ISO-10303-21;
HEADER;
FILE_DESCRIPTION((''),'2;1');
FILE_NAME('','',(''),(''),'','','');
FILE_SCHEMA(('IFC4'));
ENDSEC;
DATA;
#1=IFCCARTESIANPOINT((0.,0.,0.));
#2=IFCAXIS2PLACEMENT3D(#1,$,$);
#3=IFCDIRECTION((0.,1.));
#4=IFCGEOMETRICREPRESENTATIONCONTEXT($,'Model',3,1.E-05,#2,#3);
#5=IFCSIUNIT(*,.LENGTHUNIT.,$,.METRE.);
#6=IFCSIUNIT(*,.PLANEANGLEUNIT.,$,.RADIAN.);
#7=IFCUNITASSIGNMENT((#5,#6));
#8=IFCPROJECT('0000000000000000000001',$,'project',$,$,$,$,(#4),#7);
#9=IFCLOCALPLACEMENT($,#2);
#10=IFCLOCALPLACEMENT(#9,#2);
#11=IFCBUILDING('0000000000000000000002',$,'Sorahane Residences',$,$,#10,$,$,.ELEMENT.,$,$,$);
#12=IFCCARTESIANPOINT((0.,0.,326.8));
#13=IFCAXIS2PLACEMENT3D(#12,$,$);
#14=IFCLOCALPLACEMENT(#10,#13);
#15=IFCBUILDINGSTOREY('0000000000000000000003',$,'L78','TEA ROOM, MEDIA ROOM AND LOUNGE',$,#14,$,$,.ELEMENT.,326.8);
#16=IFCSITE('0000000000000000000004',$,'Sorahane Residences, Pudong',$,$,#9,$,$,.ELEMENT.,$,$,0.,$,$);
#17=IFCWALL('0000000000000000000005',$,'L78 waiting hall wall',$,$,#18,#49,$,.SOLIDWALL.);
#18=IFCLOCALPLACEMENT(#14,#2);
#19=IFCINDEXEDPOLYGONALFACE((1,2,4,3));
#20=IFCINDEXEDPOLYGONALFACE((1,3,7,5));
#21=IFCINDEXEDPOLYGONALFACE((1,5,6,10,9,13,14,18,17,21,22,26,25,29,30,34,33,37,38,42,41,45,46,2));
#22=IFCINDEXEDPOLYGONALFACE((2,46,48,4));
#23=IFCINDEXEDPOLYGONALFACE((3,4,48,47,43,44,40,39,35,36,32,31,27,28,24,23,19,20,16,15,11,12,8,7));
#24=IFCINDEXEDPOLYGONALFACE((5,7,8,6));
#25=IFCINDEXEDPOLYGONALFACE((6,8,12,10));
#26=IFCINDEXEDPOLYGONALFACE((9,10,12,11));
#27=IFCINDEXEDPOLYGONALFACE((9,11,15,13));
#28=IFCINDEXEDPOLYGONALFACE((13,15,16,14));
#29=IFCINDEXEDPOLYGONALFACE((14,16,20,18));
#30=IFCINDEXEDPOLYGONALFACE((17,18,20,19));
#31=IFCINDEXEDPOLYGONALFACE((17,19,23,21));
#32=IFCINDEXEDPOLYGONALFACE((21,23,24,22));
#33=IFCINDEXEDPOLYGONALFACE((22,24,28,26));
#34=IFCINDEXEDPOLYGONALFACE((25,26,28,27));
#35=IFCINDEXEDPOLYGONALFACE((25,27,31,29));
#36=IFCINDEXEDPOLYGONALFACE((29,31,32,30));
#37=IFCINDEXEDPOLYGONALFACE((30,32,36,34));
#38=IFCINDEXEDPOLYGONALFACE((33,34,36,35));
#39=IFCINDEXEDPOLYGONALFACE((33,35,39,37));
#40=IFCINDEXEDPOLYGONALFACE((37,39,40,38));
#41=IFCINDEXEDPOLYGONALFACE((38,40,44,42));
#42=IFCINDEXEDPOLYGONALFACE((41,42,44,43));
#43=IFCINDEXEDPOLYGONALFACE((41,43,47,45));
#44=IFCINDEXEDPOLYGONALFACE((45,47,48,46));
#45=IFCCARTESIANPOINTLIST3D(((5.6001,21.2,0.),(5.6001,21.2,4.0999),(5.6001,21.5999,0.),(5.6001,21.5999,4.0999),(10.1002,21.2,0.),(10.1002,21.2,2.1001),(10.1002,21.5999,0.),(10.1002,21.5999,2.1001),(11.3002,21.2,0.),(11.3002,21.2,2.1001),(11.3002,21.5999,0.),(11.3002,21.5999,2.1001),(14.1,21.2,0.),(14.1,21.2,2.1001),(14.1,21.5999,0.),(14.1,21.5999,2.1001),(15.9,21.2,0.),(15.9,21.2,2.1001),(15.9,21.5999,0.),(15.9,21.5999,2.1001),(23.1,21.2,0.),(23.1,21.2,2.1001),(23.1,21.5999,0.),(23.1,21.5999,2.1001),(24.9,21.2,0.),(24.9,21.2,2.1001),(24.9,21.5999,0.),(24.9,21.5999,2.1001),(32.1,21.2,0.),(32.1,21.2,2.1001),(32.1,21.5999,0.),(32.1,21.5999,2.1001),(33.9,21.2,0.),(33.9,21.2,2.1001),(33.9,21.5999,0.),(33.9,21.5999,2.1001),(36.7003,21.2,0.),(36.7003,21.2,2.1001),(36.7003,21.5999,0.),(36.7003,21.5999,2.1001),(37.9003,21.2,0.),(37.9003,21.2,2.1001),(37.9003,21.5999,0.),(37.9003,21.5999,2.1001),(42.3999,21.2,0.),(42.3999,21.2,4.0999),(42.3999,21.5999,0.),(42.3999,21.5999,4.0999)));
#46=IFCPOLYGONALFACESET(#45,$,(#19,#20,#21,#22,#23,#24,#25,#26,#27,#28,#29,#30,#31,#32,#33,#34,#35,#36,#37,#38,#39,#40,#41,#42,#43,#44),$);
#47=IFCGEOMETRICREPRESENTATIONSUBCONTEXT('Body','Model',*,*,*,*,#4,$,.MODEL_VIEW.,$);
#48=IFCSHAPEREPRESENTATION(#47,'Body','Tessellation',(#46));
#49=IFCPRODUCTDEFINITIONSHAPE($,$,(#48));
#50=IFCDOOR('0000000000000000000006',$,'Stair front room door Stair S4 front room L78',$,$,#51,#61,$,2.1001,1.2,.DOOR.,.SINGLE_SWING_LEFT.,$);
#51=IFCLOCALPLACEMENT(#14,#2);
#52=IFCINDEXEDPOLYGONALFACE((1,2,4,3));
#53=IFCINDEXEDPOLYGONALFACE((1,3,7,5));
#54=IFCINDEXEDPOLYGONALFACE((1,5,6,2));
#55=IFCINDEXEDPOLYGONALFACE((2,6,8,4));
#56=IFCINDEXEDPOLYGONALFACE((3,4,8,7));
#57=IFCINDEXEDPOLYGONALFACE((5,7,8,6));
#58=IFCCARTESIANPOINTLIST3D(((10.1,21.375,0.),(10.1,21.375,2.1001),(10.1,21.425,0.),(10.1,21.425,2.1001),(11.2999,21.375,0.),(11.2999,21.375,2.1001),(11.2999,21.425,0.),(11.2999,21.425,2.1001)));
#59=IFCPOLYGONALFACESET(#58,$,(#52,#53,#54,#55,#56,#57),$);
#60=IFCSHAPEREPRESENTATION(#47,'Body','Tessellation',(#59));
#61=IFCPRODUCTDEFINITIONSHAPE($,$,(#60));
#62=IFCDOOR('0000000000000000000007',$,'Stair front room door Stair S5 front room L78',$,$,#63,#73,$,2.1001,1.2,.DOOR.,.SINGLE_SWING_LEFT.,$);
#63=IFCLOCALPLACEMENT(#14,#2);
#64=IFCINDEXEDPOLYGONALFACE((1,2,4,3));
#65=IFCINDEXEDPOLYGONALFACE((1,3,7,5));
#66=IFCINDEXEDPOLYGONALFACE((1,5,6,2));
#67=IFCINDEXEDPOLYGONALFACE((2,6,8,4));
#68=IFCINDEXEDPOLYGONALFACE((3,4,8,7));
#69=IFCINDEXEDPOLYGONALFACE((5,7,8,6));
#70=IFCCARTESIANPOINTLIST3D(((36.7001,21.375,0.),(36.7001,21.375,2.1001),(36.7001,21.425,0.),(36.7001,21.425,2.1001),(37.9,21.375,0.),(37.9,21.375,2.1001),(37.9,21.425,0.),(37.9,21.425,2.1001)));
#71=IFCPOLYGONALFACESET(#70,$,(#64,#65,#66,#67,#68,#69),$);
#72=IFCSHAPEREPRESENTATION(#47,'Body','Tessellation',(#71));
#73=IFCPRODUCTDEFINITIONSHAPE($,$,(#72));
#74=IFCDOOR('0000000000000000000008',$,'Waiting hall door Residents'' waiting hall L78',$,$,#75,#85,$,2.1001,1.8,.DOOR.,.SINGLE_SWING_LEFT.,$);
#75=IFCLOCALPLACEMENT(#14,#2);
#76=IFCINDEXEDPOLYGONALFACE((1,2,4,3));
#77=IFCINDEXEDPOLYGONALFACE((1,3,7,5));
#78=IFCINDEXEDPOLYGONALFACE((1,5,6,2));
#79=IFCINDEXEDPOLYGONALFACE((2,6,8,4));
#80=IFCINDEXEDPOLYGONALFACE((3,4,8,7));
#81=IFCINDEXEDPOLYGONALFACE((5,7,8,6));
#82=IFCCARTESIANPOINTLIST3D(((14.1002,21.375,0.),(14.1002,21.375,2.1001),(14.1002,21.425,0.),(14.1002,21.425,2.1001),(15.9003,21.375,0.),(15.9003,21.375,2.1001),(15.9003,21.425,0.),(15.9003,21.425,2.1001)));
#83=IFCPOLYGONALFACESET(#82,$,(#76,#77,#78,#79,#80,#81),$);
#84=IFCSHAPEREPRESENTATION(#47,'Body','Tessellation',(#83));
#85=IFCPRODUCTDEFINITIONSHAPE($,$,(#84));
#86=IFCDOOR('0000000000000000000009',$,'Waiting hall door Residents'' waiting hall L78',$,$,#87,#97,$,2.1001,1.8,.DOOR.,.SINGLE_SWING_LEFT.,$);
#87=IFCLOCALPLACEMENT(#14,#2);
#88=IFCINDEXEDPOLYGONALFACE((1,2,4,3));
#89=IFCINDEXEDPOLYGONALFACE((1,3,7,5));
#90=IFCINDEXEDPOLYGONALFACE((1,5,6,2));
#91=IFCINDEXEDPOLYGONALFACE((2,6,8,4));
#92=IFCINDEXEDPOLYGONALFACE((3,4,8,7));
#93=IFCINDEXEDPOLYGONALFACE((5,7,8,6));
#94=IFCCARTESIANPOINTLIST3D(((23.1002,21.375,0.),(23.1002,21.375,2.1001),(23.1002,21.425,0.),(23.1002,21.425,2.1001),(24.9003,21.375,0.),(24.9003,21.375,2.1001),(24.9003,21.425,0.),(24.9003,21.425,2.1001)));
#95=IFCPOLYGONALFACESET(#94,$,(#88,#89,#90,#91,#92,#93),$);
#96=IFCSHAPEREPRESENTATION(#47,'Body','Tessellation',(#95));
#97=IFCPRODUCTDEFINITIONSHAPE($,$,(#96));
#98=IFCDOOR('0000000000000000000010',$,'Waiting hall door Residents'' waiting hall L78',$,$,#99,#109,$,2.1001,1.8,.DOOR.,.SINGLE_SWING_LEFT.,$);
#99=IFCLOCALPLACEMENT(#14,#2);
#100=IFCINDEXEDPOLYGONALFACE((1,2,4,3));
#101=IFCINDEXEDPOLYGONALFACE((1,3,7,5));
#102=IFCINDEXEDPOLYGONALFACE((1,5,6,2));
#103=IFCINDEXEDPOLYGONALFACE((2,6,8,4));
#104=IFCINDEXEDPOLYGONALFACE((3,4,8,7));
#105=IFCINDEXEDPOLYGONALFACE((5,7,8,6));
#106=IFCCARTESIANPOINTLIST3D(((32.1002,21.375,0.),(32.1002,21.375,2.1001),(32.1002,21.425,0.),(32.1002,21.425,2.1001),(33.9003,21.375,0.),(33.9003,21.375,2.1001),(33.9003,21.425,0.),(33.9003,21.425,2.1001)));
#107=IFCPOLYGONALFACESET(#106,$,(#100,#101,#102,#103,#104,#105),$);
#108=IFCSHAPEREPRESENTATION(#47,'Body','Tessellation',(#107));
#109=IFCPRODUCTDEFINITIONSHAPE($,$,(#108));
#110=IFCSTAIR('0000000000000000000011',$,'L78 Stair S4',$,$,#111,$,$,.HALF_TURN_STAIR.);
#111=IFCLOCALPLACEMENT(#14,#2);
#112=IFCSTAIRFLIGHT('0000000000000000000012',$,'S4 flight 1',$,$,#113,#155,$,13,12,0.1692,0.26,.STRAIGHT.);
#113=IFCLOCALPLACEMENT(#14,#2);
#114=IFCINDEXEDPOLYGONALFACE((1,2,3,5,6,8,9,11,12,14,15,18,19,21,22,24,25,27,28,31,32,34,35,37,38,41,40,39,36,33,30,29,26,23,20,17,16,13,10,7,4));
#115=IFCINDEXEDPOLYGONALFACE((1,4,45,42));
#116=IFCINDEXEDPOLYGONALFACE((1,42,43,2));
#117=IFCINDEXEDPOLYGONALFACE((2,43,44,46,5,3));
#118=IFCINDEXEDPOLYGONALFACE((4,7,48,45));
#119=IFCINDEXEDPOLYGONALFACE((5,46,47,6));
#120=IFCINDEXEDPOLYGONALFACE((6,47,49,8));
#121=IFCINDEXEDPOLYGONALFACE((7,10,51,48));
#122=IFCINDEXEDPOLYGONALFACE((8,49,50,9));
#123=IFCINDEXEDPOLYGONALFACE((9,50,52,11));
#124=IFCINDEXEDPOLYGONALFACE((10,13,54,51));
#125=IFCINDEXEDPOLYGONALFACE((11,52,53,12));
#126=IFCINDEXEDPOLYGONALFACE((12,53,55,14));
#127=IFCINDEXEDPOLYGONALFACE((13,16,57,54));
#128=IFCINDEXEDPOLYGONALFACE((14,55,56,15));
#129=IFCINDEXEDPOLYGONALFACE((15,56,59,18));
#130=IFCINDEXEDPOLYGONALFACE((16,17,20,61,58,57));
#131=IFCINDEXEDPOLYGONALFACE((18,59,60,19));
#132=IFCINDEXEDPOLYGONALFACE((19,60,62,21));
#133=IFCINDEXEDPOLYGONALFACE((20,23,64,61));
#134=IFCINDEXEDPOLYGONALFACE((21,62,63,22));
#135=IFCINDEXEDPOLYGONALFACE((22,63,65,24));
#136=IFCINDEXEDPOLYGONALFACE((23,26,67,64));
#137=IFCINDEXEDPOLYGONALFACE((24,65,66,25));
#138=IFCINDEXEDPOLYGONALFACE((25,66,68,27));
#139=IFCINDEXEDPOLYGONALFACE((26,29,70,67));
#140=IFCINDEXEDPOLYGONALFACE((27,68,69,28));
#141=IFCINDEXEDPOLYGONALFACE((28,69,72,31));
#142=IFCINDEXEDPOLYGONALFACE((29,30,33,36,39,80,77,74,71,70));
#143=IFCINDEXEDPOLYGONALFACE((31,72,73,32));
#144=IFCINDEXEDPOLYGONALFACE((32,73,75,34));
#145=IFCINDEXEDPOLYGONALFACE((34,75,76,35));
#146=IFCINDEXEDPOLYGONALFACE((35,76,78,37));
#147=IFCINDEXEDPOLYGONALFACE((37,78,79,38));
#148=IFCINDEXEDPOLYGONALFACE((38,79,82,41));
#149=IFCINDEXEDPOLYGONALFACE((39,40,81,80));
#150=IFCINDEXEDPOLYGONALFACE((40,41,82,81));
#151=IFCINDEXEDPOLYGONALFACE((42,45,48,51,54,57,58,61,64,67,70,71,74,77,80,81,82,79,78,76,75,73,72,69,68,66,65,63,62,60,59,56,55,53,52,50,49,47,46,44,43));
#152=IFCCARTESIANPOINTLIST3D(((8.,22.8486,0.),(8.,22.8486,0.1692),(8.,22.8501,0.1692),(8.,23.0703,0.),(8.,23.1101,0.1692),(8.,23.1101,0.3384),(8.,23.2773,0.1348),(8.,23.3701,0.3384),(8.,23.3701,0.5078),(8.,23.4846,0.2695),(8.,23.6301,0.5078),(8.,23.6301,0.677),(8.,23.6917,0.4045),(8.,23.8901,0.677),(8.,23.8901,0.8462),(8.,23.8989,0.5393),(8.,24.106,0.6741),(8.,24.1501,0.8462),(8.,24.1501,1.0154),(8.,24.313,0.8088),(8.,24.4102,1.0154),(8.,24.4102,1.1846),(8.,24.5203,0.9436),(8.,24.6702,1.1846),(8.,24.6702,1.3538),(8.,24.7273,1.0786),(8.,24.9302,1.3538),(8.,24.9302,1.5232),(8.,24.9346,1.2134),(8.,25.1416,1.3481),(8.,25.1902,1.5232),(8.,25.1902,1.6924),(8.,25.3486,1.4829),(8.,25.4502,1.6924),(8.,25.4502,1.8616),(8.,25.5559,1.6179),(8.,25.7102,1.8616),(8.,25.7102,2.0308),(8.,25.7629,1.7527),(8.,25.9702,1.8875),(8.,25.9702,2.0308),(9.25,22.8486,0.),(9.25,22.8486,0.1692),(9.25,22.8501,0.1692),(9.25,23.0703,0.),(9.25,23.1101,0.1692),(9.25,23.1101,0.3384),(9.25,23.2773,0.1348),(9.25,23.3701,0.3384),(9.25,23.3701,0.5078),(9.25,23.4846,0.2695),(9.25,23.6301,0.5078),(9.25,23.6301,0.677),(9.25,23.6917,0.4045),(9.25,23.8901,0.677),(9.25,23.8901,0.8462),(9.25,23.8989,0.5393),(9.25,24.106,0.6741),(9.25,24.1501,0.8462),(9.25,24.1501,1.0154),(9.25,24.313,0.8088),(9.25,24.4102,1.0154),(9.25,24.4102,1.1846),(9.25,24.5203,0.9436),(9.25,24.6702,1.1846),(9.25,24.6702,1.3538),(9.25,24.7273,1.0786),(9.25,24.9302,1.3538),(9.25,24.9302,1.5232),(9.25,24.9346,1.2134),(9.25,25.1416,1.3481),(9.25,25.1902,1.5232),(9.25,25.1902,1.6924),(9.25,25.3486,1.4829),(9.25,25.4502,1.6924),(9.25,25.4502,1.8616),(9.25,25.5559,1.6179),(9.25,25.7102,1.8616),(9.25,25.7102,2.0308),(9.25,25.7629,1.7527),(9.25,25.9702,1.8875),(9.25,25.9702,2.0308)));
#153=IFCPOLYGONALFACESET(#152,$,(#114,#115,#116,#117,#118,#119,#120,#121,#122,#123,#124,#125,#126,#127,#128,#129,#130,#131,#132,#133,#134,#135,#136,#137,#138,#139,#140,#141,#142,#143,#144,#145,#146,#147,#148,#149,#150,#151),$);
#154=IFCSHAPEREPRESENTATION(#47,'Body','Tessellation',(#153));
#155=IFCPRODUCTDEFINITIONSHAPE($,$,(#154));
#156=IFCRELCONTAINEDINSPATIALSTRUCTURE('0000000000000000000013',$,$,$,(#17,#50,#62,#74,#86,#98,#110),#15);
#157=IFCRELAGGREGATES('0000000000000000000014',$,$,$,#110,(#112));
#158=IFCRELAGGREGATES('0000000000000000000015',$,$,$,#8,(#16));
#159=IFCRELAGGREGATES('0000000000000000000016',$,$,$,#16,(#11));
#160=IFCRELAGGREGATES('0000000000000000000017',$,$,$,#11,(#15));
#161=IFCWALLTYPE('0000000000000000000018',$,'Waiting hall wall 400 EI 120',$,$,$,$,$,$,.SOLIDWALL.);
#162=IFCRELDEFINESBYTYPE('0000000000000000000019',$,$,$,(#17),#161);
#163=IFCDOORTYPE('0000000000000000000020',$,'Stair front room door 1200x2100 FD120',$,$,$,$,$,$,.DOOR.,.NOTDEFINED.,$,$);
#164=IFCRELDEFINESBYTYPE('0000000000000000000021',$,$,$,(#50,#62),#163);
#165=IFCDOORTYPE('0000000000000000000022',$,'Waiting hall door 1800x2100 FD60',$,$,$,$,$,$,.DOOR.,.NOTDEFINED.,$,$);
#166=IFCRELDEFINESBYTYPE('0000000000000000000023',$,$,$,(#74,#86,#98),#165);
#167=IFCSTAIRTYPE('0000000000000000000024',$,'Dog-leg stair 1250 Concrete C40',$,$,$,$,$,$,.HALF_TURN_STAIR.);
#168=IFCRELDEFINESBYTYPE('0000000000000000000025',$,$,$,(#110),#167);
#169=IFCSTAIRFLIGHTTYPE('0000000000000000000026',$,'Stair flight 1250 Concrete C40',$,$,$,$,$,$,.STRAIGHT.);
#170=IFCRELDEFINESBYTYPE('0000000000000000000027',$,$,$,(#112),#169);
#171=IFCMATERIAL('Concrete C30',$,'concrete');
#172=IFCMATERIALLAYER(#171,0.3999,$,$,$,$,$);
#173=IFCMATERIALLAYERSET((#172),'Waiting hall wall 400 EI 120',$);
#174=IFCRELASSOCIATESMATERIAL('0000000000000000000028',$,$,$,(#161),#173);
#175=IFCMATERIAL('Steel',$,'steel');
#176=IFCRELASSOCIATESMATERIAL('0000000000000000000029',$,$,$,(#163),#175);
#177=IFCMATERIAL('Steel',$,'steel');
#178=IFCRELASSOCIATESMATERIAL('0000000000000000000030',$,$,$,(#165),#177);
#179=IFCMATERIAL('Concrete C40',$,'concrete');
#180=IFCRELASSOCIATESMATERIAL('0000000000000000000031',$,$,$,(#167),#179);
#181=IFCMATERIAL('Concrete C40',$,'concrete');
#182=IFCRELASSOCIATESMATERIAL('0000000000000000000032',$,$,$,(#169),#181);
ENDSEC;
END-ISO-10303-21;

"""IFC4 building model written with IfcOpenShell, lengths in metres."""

from ifc_helpers import new_model, si_unit, direction, frame, frame_2d, origin, place, context, subcontext, project, spatial, polyline, rectangle, outline, extrude, material, layer, layer_set, type_object, element, fill, aggregate, save


model = new_model("IFC4")

# Units and contexts
model_context = context("Model", 3, precision=1e-05, world=origin(), true_north=direction((0.0, 1.0)))
body_context = subcontext(model_context, "Body", "Model", "MODEL_VIEW")
ifc_project = project(units=[si_unit("LENGTHUNIT", "METRE"), si_unit("PLANEANGLEUNIT", "RADIAN")], contexts=[model_context])

# Site, building, storey
site_placement = place(None, origin())
site = spatial("IfcSite", under=ifc_project, at=site_placement, Name="Sorahane Residences, Pudong", CompositionType="ELEMENT", RefElevation=0.0)
building_placement = place(site_placement, origin())
building = spatial("IfcBuilding", under=site, at=building_placement, Name="Sorahane Residences", CompositionType="ELEMENT")
storey_placement = place(building_placement, frame((0.0, 0.0, 326.8)))
storey = spatial("IfcBuildingStorey", under=building, at=storey_placement, Name="L78", Description="TEA ROOM, MEDIA ROOM AND LOUNGE", CompositionType="ELEMENT", Elevation=326.8)

# Wall, openings, doors
ifc_material_1 = material(Name="Concrete C30", Category="concrete")
ifc_layer_1 = layer(ifc_material_1, 0.3999)
ifc_layer_set_1 = layer_set([ifc_layer_1], Name="Waiting hall wall 400 EI 120")
wall_type_1 = type_object("IfcWallType", Name="Waiting hall wall 400 EI 120", PredefinedType="SOLIDWALL", material=ifc_layer_set_1)
wall_1_placement = place(storey_placement, frame((5.6001, 21.3999, 0.0), z_axis=(0.0, 0.0, 1.0), x_axis=(1.0, 0.0, 0.0)))
wall_1 = element("IfcWall", 1, at=wall_1_placement, inside=storey, type_object=wall_type_1, Name="L78 waiting hall wall", PredefinedType="SOLIDWALL", context=body_context, shape_type="SweptSolid", body=[
    extrude(rectangle(XDim=36.7998, YDim=0.3999, at=frame_2d((18.3999, 0.0))), origin(), (0.0, 0.0, 1.0), 4.0999),
])
opening_1_placement = place(wall_1_placement, frame((8.5, 0.0, 0.0)))
opening_1 = element("IfcOpeningElement", 2, at=opening_1_placement, cuts=wall_1, PredefinedType="OPENING", context=body_context, shape_type="SweptSolid", body=[
    extrude(rectangle(XDim=1.8, YDim=2.1001, at=frame_2d((0.8999, 1.05))), frame((0.0, 0.21, 0.0), z_axis=(0.0, -1.0, 0.0), x_axis=(1.0, 0.0, 0.0)), (0.0, 0.0, 1.0), 0.4199),
])
opening_2_placement = place(wall_1_placement, frame((17.5, 0.0, 0.0)))
opening_2 = element("IfcOpeningElement", 3, at=opening_2_placement, cuts=wall_1, PredefinedType="OPENING", context=body_context, shape_type="SweptSolid", body=[
    extrude(rectangle(XDim=1.8, YDim=2.1001, at=frame_2d((0.8999, 1.05))), frame((0.0, 0.21, 0.0), z_axis=(0.0, -1.0, 0.0), x_axis=(1.0, 0.0, 0.0)), (0.0, 0.0, 1.0), 0.4199),
])
opening_3_placement = place(wall_1_placement, frame((26.5, 0.0, 0.0)))
opening_3 = element("IfcOpeningElement", 4, at=opening_3_placement, cuts=wall_1, PredefinedType="OPENING", context=body_context, shape_type="SweptSolid", body=[
    extrude(rectangle(XDim=1.8, YDim=2.1001, at=frame_2d((0.8999, 1.05))), frame((0.0, 0.21, 0.0), z_axis=(0.0, -1.0, 0.0), x_axis=(1.0, 0.0, 0.0)), (0.0, 0.0, 1.0), 0.4199),
])
opening_4_placement = place(wall_1_placement, frame((4.5, 0.0, 0.0)))
opening_4 = element("IfcOpeningElement", 5, at=opening_4_placement, cuts=wall_1, PredefinedType="OPENING", context=body_context, shape_type="SweptSolid", body=[
    extrude(rectangle(XDim=1.2, YDim=2.1001, at=frame_2d((0.6001, 1.05))), frame((0.0, 0.21, 0.0), z_axis=(0.0, -1.0, 0.0), x_axis=(1.0, 0.0, 0.0)), (0.0, 0.0, 1.0), 0.4199),
])
opening_5_placement = place(wall_1_placement, frame((31.1001, 0.0, 0.0)))
opening_5 = element("IfcOpeningElement", 6, at=opening_5_placement, cuts=wall_1, PredefinedType="OPENING", context=body_context, shape_type="SweptSolid", body=[
    extrude(rectangle(XDim=1.2, YDim=2.1001, at=frame_2d((0.6001, 1.05))), frame((0.0, 0.21, 0.0), z_axis=(0.0, -1.0, 0.0), x_axis=(1.0, 0.0, 0.0)), (0.0, 0.0, 1.0), 0.4199),
])
ifc_material_2 = material(Name="Steel", Category="steel")
door_type_1 = type_object("IfcDoorType", Name="Stair front room door 1200x2100 FD120", OperationType="NOTDEFINED", PredefinedType="DOOR", material=ifc_material_2)
door_1_placement = place(opening_4_placement, frame((1.2, 0.0, 0.0), z_axis=(0.0, 0.0, 1.0), x_axis=(-1.0, 0.0, 0.0)))
door_1 = element("IfcDoor", 7, at=door_1_placement, inside=storey, type_object=door_type_1, Name="Stair front room door Stair S4 front room L78", OperationType="SINGLE_SWING_LEFT", OverallHeight=2.1001, OverallWidth=1.2, PredefinedType="DOOR", context=body_context, shape_type="SweptSolid", body=[
    extrude(rectangle(XDim=1.2, YDim=2.1001, at=frame_2d((0.6001, 1.05))), frame((0.0, 0.0249, 0.0), z_axis=(0.0, -1.0, 0.0), x_axis=(1.0, 0.0, 0.0)), (0.0, 0.0, 1.0), 0.05),
])
fill(opening_4, door_1)
door_2_placement = place(opening_5_placement, frame((1.2, 0.0, 0.0), z_axis=(0.0, 0.0, 1.0), x_axis=(-1.0, 0.0, 0.0)))
door_2 = element("IfcDoor", 8, at=door_2_placement, inside=storey, type_object=door_type_1, Name="Stair front room door Stair S5 front room L78", OperationType="SINGLE_SWING_LEFT", OverallHeight=2.1001, OverallWidth=1.2, PredefinedType="DOOR", context=body_context, shape_type="SweptSolid", body=[
    extrude(rectangle(XDim=1.2, YDim=2.1001, at=frame_2d((0.6001, 1.05))), frame((0.0, 0.0249, 0.0), z_axis=(0.0, -1.0, 0.0), x_axis=(1.0, 0.0, 0.0)), (0.0, 0.0, 1.0), 0.05),
])
fill(opening_5, door_2)
ifc_material_3 = material(Name="Steel", Category="steel")
door_type_2 = type_object("IfcDoorType", Name="Waiting hall door 1800x2100 FD60", OperationType="NOTDEFINED", PredefinedType="DOOR", material=ifc_material_3)
door_3_placement = place(opening_1_placement, frame((1.8, 0.0, 0.0), z_axis=(0.0, 0.0, 1.0), x_axis=(-1.0, 0.0, 0.0)))
door_3 = element("IfcDoor", 9, at=door_3_placement, inside=storey, type_object=door_type_2, Name="Waiting hall door Residents' waiting hall L78", OperationType="SINGLE_SWING_LEFT", OverallHeight=2.1001, OverallWidth=1.8, PredefinedType="DOOR", context=body_context, shape_type="SweptSolid", body=[
    extrude(rectangle(XDim=1.8, YDim=2.1001, at=frame_2d((0.8999, 1.05))), frame((0.0, 0.0249, 0.0), z_axis=(0.0, -1.0, 0.0), x_axis=(1.0, 0.0, 0.0)), (0.0, 0.0, 1.0), 0.05),
])
fill(opening_1, door_3)
door_4_placement = place(opening_2_placement, frame((1.8, 0.0, 0.0), z_axis=(0.0, 0.0, 1.0), x_axis=(-1.0, 0.0, 0.0)))
door_4 = element("IfcDoor", 10, at=door_4_placement, inside=storey, type_object=door_type_2, Name="Waiting hall door Residents' waiting hall L78", OperationType="SINGLE_SWING_LEFT", OverallHeight=2.1001, OverallWidth=1.8, PredefinedType="DOOR", context=body_context, shape_type="SweptSolid", body=[
    extrude(rectangle(XDim=1.8, YDim=2.1001, at=frame_2d((0.8999, 1.05))), frame((0.0, 0.0249, 0.0), z_axis=(0.0, -1.0, 0.0), x_axis=(1.0, 0.0, 0.0)), (0.0, 0.0, 1.0), 0.05),
])
fill(opening_2, door_4)
door_5_placement = place(opening_3_placement, frame((1.8, 0.0, 0.0), z_axis=(0.0, 0.0, 1.0), x_axis=(-1.0, 0.0, 0.0)))
door_5 = element("IfcDoor", 11, at=door_5_placement, inside=storey, type_object=door_type_2, Name="Waiting hall door Residents' waiting hall L78", OperationType="SINGLE_SWING_LEFT", OverallHeight=2.1001, OverallWidth=1.8, PredefinedType="DOOR", context=body_context, shape_type="SweptSolid", body=[
    extrude(rectangle(XDim=1.8, YDim=2.1001, at=frame_2d((0.8999, 1.05))), frame((0.0, 0.0249, 0.0), z_axis=(0.0, -1.0, 0.0), x_axis=(1.0, 0.0, 0.0)), (0.0, 0.0, 1.0), 0.05),
])
fill(opening_3, door_5)

# Stair, stair flight
ifc_material_4 = material(Name="Concrete C40", Category="concrete")
stair_type = type_object("IfcStairType", Name="Dog-leg stair 1250 Concrete C40", PredefinedType="HALF_TURN_STAIR", material=ifc_material_4)
stair_placement = place(storey_placement, origin())
stair = element("IfcStair", 12, at=stair_placement, inside=storey, type_object=stair_type, Name="L78 Stair S4", PredefinedType="HALF_TURN_STAIR")
ifc_material_5 = material(Name="Concrete C40", Category="concrete")
stair_flight_type = type_object("IfcStairFlightType", Name="Stair flight 1250 Concrete C40", PredefinedType="STRAIGHT", material=ifc_material_5)
stair_flight_1_placement = place(storey_placement, frame((8.625, 22.8501, 0.0), z_axis=(0.0, 0.0, 1.0), x_axis=(0.0, 1.0, 0.0)))
stair_flight_1 = element("IfcStairFlight", 13, at=stair_flight_1_placement, type_object=stair_flight_type, Name="S4 flight 1", NumberOfRisers=13, NumberOfTreads=12, PredefinedType="STRAIGHT", RiserHeight=0.1692, TreadLength=0.26, context=body_context, shape_type="SweptSolid", body=[
    extrude(outline(polyline([(-0.0015, 0.0), (-0.0015, 0.1692), (0.0, 0.1692), (0.26, 0.1692), (0.26, 0.3384), (0.52, 0.3384), (0.52, 0.5078), (0.78, 0.5078), (0.78, 0.677), (1.04, 0.677), (1.04, 0.8462), (1.3, 0.8462), (1.3, 1.0154), (1.5601, 1.0154), (1.5601, 1.1846), (1.8201, 1.1846), (1.8201, 1.3538), (2.0801, 1.3538), (2.0801, 1.5232), (2.3401, 1.5232), (2.3401, 1.6924), (2.6001, 1.6924), (2.6001, 1.8616), (2.8601, 1.8616), (2.8601, 2.0308), (3.1201, 2.0308), (3.1201, 2.2), (3.1201, 1.8875), (2.9128, 1.7527), (2.7058, 1.6179), (2.4985, 1.4829), (2.2915, 1.3481), (2.0845, 1.2134), (1.8772, 1.0786), (1.6702, 0.9436), (1.4629, 0.8088), (1.2559, 0.6741), (1.0488, 0.5393), (0.8416, 0.4045), (0.6345, 0.2695), (0.4272, 0.1348), (0.2202, 0.0), (-0.0015, 0.0)])), frame((0.0, 0.625, 0.0), z_axis=(0.0, -1.0, 0.0), x_axis=(1.0, 0.0, 0.0)), (0.0, 0.0, 1.0), 1.25),
])
aggregate(stair, [stair_flight_1])

save(model, "model.ifc")
